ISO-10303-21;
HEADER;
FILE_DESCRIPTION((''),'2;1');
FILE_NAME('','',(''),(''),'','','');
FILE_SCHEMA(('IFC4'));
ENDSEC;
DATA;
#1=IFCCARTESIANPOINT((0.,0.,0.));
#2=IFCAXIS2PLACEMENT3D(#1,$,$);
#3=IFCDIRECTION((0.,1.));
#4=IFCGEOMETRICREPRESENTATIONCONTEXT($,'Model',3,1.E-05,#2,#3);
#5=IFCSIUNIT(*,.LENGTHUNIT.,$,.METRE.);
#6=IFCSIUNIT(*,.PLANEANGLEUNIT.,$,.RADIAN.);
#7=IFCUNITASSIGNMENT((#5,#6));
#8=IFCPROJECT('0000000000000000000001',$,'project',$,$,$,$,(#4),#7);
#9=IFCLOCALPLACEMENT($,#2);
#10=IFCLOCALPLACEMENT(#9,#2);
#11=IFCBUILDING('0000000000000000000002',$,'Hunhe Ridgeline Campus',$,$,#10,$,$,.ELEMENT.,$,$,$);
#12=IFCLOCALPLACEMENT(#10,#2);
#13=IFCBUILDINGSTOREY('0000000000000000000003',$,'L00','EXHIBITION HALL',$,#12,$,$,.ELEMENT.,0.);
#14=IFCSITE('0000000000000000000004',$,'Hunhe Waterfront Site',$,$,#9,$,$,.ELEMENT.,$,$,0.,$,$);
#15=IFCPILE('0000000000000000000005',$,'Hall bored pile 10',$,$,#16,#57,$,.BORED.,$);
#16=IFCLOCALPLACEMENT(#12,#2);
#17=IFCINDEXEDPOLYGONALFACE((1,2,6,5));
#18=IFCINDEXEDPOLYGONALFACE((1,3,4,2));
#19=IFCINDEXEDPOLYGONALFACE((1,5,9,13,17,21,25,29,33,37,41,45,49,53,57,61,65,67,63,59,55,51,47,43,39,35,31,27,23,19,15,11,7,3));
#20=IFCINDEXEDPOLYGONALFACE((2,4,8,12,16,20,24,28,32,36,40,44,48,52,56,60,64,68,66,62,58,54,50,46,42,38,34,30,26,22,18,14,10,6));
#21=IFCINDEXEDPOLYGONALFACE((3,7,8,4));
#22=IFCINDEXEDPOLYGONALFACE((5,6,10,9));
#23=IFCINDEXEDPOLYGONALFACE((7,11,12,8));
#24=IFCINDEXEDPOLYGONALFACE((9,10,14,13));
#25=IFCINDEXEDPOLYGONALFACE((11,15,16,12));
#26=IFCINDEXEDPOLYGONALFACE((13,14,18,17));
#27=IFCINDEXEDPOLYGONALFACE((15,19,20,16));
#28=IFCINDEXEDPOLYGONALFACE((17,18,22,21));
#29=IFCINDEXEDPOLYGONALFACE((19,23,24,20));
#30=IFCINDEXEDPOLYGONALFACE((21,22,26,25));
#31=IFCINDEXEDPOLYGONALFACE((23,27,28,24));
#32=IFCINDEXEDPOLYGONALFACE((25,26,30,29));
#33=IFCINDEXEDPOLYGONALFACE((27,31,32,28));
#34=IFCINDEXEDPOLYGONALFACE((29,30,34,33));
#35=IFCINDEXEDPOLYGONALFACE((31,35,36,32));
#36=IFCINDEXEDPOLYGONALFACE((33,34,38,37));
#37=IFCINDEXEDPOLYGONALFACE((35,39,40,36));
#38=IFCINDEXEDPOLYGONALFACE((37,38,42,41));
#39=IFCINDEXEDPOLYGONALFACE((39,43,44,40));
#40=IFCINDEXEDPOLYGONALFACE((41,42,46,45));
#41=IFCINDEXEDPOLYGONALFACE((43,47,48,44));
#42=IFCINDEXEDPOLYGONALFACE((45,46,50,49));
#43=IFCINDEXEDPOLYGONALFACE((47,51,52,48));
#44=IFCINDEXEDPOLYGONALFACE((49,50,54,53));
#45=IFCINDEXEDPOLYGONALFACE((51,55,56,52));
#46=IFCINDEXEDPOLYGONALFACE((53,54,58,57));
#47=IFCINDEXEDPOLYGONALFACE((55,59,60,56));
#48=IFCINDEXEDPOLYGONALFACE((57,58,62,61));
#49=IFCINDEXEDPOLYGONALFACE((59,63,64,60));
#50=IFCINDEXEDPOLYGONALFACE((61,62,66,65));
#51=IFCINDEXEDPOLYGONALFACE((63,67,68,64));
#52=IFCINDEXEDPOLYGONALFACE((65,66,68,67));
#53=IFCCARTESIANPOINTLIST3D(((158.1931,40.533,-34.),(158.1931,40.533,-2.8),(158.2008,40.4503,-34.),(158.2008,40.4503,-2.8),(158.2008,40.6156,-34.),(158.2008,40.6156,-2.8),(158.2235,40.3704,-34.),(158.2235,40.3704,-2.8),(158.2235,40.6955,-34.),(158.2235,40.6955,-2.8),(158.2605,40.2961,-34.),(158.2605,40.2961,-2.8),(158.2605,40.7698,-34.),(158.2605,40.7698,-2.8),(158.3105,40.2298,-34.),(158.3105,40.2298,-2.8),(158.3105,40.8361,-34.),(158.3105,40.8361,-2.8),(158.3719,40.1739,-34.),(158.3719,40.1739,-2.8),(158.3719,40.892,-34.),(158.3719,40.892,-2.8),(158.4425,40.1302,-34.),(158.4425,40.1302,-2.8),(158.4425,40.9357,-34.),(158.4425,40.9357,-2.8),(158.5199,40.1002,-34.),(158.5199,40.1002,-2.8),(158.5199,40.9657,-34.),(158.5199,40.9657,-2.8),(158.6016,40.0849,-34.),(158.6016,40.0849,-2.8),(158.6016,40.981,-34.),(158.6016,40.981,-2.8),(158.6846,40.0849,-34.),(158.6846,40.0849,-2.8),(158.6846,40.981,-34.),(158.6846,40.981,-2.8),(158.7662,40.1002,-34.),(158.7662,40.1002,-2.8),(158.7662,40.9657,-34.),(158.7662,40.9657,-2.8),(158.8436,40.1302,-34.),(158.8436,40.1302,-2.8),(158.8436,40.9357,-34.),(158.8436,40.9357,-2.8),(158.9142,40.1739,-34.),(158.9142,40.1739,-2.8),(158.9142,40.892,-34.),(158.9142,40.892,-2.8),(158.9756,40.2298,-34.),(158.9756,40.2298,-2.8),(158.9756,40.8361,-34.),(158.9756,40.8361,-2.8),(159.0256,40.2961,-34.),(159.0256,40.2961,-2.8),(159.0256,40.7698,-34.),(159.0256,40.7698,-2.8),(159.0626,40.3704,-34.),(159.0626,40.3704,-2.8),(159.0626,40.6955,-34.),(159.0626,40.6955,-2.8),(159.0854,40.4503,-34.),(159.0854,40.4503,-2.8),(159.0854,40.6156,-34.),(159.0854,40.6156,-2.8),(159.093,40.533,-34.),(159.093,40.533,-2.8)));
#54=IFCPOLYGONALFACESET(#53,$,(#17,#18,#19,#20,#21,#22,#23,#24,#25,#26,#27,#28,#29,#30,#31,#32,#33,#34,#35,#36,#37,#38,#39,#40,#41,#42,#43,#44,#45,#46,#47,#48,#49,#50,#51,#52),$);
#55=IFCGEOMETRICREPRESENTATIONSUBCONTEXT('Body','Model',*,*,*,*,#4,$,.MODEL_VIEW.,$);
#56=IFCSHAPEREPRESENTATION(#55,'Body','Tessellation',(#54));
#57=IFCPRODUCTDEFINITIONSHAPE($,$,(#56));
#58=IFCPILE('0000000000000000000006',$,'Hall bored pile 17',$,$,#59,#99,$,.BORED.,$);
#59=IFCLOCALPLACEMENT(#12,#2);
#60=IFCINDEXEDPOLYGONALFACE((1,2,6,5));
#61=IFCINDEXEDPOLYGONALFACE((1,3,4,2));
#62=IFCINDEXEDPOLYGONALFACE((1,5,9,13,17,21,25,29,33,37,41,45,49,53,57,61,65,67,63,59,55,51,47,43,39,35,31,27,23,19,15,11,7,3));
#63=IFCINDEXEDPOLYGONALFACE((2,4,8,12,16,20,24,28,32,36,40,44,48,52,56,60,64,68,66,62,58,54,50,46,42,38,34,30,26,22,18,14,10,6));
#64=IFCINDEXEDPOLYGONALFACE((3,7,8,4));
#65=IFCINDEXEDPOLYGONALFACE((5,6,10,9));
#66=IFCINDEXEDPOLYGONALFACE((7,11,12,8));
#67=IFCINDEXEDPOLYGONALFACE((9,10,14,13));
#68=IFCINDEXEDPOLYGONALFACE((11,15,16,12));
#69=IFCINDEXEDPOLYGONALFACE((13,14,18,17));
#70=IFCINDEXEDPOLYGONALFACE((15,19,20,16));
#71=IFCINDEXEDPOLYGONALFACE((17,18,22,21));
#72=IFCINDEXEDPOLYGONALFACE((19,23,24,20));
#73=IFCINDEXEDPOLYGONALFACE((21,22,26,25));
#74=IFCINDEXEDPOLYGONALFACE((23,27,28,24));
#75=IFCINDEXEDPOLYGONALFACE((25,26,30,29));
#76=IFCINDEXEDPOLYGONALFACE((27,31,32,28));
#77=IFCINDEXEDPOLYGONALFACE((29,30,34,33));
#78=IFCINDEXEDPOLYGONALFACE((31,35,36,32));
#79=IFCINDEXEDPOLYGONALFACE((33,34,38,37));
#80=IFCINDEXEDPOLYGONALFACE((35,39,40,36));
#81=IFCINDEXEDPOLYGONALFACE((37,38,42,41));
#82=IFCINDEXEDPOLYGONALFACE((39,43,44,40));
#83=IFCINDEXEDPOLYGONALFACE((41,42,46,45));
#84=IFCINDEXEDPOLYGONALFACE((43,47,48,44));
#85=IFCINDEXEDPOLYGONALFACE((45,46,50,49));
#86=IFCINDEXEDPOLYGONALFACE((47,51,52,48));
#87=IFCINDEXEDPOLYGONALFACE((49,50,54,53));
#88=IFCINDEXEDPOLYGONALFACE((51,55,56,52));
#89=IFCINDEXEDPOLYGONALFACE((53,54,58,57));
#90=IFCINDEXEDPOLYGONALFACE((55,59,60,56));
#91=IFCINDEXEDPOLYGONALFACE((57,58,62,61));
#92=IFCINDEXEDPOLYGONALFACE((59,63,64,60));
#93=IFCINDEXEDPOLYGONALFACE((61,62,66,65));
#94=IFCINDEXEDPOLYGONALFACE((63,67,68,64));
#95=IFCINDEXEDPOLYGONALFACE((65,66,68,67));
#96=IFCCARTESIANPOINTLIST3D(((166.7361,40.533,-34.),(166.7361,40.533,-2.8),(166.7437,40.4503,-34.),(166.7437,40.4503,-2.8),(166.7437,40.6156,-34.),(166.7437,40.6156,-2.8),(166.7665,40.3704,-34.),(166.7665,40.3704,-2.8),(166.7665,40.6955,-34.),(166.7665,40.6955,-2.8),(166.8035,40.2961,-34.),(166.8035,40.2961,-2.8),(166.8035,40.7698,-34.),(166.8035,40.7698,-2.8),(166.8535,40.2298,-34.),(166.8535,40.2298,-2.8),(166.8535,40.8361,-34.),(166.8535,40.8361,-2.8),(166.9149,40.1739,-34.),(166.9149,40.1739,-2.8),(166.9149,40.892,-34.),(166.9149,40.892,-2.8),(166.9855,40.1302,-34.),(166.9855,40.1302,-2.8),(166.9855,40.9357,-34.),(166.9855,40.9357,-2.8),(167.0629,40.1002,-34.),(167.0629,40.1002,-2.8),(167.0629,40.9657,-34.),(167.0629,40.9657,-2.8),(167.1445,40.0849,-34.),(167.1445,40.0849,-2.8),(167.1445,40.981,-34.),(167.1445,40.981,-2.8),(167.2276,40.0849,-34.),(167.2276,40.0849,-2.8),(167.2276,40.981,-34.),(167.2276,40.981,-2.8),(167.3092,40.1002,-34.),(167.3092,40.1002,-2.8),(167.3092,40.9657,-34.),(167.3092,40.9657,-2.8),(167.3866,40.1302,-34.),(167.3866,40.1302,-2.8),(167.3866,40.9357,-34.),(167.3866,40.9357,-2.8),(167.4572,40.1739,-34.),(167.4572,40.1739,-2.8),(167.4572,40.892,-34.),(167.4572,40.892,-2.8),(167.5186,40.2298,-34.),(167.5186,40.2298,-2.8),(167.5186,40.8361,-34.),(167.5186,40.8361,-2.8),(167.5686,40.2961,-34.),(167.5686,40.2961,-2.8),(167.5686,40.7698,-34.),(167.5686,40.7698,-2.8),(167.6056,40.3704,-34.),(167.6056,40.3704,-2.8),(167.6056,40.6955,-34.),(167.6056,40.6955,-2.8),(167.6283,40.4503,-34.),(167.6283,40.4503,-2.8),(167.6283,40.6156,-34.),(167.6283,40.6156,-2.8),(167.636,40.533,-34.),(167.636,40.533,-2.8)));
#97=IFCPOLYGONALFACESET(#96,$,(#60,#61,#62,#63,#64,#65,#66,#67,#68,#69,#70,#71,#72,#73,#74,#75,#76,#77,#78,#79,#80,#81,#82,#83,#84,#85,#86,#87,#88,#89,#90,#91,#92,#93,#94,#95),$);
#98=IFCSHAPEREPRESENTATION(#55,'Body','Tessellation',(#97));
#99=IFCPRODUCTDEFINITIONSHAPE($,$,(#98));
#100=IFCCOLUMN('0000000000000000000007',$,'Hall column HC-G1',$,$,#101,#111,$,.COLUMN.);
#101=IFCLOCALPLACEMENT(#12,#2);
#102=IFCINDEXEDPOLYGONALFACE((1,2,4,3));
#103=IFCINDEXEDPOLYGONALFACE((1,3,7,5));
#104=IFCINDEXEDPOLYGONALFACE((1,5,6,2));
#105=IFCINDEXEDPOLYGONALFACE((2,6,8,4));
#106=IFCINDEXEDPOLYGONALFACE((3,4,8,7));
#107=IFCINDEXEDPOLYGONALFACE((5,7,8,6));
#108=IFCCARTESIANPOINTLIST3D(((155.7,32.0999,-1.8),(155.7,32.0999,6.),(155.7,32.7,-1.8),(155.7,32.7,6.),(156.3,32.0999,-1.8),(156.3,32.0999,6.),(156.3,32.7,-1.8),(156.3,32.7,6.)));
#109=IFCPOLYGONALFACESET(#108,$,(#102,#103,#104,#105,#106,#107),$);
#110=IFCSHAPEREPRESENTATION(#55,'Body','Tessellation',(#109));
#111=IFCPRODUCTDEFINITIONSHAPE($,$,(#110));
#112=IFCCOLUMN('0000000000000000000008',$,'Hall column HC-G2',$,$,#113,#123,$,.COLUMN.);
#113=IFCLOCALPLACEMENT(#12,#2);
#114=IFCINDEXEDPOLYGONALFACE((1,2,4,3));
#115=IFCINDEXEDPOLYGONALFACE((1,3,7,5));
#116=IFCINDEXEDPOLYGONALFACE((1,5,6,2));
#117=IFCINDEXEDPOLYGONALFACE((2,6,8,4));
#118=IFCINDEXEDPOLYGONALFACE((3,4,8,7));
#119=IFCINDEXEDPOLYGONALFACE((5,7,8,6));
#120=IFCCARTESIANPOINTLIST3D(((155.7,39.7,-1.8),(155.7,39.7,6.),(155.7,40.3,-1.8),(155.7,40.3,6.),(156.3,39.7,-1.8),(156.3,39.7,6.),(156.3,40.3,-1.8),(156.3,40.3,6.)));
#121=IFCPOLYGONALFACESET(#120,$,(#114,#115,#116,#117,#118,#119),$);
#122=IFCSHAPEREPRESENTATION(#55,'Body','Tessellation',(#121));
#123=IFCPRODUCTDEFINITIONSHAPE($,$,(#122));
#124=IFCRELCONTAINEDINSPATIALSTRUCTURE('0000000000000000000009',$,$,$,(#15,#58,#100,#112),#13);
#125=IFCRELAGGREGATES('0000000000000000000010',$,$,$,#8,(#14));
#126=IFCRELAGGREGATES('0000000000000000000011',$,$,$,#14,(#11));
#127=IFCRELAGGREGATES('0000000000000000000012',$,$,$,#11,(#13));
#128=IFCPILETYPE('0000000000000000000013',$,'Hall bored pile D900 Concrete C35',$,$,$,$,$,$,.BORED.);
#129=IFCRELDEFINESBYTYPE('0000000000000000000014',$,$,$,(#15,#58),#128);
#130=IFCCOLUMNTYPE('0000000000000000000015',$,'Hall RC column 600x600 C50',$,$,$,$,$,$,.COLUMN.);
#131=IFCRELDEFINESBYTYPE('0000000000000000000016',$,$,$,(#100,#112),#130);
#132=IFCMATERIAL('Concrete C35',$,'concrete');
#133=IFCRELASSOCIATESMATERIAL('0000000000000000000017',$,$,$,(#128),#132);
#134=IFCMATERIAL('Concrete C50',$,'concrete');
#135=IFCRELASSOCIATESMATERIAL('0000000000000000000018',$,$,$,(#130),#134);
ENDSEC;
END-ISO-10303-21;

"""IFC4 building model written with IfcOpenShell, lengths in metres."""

from ifc_helpers import new_model, si_unit, direction, frame, origin, origin_2d, place, context, subcontext, project, spatial, rectangle, circle, extrude, material, material_profile, profile_set, type_object, element, save


model = new_model("IFC4")

# Units and contexts
model_context = context("Model", 3, precision=1e-05, world=origin(), true_north=direction((0.0, 1.0)))
body_context = subcontext(model_context, "Body", "Model", "MODEL_VIEW")
ifc_project = project(units=[si_unit("LENGTHUNIT", "METRE"), si_unit("PLANEANGLEUNIT", "RADIAN")], contexts=[model_context])

# Site, building, storey
site_placement = place(None, origin())
site = spatial("IfcSite", under=ifc_project, at=site_placement, Name="Hunhe Waterfront Site", CompositionType="ELEMENT", RefElevation=0.0)
building_placement = place(site_placement, origin())
building = spatial("IfcBuilding", under=site, at=building_placement, Name="Hunhe Ridgeline Campus", CompositionType="ELEMENT")
storey_placement = place(building_placement, origin())
storey = spatial("IfcBuildingStorey", under=building, at=storey_placement, Name="L00", Description="EXHIBITION HALL", CompositionType="ELEMENT", Elevation=0.0)

# Piles
ifc_material_1 = material(Name="Concrete C35", Category="concrete")
ifc_material_profile_1 = material_profile(ifc_material_1, circle(Radius=0.45, at=origin_2d()))
ifc_profile_set_1 = profile_set([ifc_material_profile_1], Name="Concrete C35")
pile_type = type_object("IfcPileType", Name="Hall bored pile D900 Concrete C35", PredefinedType="BORED", material=ifc_profile_set_1)
for number, where, z_axis, x_axis, name in (
    (1, (158.6431, 40.533, -2.8), (0.0, 0.0, -1.0), (1.0, 0.0, 0.0), "Hall bored pile 10"),
    (2, (167.186, 40.533, -2.8), (0.0, 0.0, -1.0), (1.0, 0.0, 0.0), "Hall bored pile 17"),
):
    element("IfcPile", number, at=place(storey_placement, frame(where, z_axis=z_axis, x_axis=x_axis)), inside=storey, type_object=pile_type, Name=name, PredefinedType="BORED", context=body_context, shape_type="SweptSolid", body=[
        extrude(circle(Radius=0.45, at=origin_2d()), origin(), (0.0, 0.0, 1.0), 31.2),
    ])

# Columns
ifc_material_2 = material(Name="Concrete C50", Category="concrete")
ifc_material_profile_2 = material_profile(ifc_material_2, rectangle(XDim=0.6001, YDim=0.6001, at=origin_2d()))
ifc_profile_set_2 = profile_set([ifc_material_profile_2], Name="Concrete C50")
column_type = type_object("IfcColumnType", Name="Hall RC column 600x600 C50", PredefinedType="COLUMN", material=ifc_profile_set_2)
for number, where, z_axis, x_axis, name in (
    (3, (156.0, 32.3999, -1.8), (0.0, 0.0, 1.0), (1.0, 0.0, 0.0), "Hall column HC-G1"),
    (4, (156.0, 40.0, -1.8), (0.0, 0.0, 1.0), (1.0, 0.0, 0.0), "Hall column HC-G2"),
):
    element("IfcColumn", number, at=place(storey_placement, frame(where, z_axis=z_axis, x_axis=x_axis)), inside=storey, type_object=column_type, Name=name, PredefinedType="COLUMN", context=body_context, shape_type="SweptSolid", body=[
        extrude(rectangle(XDim=0.6001, YDim=0.6001, at=origin_2d()), origin(), (0.0, 0.0, 1.0), 7.8),
    ])

save(model, "model.ifc")
